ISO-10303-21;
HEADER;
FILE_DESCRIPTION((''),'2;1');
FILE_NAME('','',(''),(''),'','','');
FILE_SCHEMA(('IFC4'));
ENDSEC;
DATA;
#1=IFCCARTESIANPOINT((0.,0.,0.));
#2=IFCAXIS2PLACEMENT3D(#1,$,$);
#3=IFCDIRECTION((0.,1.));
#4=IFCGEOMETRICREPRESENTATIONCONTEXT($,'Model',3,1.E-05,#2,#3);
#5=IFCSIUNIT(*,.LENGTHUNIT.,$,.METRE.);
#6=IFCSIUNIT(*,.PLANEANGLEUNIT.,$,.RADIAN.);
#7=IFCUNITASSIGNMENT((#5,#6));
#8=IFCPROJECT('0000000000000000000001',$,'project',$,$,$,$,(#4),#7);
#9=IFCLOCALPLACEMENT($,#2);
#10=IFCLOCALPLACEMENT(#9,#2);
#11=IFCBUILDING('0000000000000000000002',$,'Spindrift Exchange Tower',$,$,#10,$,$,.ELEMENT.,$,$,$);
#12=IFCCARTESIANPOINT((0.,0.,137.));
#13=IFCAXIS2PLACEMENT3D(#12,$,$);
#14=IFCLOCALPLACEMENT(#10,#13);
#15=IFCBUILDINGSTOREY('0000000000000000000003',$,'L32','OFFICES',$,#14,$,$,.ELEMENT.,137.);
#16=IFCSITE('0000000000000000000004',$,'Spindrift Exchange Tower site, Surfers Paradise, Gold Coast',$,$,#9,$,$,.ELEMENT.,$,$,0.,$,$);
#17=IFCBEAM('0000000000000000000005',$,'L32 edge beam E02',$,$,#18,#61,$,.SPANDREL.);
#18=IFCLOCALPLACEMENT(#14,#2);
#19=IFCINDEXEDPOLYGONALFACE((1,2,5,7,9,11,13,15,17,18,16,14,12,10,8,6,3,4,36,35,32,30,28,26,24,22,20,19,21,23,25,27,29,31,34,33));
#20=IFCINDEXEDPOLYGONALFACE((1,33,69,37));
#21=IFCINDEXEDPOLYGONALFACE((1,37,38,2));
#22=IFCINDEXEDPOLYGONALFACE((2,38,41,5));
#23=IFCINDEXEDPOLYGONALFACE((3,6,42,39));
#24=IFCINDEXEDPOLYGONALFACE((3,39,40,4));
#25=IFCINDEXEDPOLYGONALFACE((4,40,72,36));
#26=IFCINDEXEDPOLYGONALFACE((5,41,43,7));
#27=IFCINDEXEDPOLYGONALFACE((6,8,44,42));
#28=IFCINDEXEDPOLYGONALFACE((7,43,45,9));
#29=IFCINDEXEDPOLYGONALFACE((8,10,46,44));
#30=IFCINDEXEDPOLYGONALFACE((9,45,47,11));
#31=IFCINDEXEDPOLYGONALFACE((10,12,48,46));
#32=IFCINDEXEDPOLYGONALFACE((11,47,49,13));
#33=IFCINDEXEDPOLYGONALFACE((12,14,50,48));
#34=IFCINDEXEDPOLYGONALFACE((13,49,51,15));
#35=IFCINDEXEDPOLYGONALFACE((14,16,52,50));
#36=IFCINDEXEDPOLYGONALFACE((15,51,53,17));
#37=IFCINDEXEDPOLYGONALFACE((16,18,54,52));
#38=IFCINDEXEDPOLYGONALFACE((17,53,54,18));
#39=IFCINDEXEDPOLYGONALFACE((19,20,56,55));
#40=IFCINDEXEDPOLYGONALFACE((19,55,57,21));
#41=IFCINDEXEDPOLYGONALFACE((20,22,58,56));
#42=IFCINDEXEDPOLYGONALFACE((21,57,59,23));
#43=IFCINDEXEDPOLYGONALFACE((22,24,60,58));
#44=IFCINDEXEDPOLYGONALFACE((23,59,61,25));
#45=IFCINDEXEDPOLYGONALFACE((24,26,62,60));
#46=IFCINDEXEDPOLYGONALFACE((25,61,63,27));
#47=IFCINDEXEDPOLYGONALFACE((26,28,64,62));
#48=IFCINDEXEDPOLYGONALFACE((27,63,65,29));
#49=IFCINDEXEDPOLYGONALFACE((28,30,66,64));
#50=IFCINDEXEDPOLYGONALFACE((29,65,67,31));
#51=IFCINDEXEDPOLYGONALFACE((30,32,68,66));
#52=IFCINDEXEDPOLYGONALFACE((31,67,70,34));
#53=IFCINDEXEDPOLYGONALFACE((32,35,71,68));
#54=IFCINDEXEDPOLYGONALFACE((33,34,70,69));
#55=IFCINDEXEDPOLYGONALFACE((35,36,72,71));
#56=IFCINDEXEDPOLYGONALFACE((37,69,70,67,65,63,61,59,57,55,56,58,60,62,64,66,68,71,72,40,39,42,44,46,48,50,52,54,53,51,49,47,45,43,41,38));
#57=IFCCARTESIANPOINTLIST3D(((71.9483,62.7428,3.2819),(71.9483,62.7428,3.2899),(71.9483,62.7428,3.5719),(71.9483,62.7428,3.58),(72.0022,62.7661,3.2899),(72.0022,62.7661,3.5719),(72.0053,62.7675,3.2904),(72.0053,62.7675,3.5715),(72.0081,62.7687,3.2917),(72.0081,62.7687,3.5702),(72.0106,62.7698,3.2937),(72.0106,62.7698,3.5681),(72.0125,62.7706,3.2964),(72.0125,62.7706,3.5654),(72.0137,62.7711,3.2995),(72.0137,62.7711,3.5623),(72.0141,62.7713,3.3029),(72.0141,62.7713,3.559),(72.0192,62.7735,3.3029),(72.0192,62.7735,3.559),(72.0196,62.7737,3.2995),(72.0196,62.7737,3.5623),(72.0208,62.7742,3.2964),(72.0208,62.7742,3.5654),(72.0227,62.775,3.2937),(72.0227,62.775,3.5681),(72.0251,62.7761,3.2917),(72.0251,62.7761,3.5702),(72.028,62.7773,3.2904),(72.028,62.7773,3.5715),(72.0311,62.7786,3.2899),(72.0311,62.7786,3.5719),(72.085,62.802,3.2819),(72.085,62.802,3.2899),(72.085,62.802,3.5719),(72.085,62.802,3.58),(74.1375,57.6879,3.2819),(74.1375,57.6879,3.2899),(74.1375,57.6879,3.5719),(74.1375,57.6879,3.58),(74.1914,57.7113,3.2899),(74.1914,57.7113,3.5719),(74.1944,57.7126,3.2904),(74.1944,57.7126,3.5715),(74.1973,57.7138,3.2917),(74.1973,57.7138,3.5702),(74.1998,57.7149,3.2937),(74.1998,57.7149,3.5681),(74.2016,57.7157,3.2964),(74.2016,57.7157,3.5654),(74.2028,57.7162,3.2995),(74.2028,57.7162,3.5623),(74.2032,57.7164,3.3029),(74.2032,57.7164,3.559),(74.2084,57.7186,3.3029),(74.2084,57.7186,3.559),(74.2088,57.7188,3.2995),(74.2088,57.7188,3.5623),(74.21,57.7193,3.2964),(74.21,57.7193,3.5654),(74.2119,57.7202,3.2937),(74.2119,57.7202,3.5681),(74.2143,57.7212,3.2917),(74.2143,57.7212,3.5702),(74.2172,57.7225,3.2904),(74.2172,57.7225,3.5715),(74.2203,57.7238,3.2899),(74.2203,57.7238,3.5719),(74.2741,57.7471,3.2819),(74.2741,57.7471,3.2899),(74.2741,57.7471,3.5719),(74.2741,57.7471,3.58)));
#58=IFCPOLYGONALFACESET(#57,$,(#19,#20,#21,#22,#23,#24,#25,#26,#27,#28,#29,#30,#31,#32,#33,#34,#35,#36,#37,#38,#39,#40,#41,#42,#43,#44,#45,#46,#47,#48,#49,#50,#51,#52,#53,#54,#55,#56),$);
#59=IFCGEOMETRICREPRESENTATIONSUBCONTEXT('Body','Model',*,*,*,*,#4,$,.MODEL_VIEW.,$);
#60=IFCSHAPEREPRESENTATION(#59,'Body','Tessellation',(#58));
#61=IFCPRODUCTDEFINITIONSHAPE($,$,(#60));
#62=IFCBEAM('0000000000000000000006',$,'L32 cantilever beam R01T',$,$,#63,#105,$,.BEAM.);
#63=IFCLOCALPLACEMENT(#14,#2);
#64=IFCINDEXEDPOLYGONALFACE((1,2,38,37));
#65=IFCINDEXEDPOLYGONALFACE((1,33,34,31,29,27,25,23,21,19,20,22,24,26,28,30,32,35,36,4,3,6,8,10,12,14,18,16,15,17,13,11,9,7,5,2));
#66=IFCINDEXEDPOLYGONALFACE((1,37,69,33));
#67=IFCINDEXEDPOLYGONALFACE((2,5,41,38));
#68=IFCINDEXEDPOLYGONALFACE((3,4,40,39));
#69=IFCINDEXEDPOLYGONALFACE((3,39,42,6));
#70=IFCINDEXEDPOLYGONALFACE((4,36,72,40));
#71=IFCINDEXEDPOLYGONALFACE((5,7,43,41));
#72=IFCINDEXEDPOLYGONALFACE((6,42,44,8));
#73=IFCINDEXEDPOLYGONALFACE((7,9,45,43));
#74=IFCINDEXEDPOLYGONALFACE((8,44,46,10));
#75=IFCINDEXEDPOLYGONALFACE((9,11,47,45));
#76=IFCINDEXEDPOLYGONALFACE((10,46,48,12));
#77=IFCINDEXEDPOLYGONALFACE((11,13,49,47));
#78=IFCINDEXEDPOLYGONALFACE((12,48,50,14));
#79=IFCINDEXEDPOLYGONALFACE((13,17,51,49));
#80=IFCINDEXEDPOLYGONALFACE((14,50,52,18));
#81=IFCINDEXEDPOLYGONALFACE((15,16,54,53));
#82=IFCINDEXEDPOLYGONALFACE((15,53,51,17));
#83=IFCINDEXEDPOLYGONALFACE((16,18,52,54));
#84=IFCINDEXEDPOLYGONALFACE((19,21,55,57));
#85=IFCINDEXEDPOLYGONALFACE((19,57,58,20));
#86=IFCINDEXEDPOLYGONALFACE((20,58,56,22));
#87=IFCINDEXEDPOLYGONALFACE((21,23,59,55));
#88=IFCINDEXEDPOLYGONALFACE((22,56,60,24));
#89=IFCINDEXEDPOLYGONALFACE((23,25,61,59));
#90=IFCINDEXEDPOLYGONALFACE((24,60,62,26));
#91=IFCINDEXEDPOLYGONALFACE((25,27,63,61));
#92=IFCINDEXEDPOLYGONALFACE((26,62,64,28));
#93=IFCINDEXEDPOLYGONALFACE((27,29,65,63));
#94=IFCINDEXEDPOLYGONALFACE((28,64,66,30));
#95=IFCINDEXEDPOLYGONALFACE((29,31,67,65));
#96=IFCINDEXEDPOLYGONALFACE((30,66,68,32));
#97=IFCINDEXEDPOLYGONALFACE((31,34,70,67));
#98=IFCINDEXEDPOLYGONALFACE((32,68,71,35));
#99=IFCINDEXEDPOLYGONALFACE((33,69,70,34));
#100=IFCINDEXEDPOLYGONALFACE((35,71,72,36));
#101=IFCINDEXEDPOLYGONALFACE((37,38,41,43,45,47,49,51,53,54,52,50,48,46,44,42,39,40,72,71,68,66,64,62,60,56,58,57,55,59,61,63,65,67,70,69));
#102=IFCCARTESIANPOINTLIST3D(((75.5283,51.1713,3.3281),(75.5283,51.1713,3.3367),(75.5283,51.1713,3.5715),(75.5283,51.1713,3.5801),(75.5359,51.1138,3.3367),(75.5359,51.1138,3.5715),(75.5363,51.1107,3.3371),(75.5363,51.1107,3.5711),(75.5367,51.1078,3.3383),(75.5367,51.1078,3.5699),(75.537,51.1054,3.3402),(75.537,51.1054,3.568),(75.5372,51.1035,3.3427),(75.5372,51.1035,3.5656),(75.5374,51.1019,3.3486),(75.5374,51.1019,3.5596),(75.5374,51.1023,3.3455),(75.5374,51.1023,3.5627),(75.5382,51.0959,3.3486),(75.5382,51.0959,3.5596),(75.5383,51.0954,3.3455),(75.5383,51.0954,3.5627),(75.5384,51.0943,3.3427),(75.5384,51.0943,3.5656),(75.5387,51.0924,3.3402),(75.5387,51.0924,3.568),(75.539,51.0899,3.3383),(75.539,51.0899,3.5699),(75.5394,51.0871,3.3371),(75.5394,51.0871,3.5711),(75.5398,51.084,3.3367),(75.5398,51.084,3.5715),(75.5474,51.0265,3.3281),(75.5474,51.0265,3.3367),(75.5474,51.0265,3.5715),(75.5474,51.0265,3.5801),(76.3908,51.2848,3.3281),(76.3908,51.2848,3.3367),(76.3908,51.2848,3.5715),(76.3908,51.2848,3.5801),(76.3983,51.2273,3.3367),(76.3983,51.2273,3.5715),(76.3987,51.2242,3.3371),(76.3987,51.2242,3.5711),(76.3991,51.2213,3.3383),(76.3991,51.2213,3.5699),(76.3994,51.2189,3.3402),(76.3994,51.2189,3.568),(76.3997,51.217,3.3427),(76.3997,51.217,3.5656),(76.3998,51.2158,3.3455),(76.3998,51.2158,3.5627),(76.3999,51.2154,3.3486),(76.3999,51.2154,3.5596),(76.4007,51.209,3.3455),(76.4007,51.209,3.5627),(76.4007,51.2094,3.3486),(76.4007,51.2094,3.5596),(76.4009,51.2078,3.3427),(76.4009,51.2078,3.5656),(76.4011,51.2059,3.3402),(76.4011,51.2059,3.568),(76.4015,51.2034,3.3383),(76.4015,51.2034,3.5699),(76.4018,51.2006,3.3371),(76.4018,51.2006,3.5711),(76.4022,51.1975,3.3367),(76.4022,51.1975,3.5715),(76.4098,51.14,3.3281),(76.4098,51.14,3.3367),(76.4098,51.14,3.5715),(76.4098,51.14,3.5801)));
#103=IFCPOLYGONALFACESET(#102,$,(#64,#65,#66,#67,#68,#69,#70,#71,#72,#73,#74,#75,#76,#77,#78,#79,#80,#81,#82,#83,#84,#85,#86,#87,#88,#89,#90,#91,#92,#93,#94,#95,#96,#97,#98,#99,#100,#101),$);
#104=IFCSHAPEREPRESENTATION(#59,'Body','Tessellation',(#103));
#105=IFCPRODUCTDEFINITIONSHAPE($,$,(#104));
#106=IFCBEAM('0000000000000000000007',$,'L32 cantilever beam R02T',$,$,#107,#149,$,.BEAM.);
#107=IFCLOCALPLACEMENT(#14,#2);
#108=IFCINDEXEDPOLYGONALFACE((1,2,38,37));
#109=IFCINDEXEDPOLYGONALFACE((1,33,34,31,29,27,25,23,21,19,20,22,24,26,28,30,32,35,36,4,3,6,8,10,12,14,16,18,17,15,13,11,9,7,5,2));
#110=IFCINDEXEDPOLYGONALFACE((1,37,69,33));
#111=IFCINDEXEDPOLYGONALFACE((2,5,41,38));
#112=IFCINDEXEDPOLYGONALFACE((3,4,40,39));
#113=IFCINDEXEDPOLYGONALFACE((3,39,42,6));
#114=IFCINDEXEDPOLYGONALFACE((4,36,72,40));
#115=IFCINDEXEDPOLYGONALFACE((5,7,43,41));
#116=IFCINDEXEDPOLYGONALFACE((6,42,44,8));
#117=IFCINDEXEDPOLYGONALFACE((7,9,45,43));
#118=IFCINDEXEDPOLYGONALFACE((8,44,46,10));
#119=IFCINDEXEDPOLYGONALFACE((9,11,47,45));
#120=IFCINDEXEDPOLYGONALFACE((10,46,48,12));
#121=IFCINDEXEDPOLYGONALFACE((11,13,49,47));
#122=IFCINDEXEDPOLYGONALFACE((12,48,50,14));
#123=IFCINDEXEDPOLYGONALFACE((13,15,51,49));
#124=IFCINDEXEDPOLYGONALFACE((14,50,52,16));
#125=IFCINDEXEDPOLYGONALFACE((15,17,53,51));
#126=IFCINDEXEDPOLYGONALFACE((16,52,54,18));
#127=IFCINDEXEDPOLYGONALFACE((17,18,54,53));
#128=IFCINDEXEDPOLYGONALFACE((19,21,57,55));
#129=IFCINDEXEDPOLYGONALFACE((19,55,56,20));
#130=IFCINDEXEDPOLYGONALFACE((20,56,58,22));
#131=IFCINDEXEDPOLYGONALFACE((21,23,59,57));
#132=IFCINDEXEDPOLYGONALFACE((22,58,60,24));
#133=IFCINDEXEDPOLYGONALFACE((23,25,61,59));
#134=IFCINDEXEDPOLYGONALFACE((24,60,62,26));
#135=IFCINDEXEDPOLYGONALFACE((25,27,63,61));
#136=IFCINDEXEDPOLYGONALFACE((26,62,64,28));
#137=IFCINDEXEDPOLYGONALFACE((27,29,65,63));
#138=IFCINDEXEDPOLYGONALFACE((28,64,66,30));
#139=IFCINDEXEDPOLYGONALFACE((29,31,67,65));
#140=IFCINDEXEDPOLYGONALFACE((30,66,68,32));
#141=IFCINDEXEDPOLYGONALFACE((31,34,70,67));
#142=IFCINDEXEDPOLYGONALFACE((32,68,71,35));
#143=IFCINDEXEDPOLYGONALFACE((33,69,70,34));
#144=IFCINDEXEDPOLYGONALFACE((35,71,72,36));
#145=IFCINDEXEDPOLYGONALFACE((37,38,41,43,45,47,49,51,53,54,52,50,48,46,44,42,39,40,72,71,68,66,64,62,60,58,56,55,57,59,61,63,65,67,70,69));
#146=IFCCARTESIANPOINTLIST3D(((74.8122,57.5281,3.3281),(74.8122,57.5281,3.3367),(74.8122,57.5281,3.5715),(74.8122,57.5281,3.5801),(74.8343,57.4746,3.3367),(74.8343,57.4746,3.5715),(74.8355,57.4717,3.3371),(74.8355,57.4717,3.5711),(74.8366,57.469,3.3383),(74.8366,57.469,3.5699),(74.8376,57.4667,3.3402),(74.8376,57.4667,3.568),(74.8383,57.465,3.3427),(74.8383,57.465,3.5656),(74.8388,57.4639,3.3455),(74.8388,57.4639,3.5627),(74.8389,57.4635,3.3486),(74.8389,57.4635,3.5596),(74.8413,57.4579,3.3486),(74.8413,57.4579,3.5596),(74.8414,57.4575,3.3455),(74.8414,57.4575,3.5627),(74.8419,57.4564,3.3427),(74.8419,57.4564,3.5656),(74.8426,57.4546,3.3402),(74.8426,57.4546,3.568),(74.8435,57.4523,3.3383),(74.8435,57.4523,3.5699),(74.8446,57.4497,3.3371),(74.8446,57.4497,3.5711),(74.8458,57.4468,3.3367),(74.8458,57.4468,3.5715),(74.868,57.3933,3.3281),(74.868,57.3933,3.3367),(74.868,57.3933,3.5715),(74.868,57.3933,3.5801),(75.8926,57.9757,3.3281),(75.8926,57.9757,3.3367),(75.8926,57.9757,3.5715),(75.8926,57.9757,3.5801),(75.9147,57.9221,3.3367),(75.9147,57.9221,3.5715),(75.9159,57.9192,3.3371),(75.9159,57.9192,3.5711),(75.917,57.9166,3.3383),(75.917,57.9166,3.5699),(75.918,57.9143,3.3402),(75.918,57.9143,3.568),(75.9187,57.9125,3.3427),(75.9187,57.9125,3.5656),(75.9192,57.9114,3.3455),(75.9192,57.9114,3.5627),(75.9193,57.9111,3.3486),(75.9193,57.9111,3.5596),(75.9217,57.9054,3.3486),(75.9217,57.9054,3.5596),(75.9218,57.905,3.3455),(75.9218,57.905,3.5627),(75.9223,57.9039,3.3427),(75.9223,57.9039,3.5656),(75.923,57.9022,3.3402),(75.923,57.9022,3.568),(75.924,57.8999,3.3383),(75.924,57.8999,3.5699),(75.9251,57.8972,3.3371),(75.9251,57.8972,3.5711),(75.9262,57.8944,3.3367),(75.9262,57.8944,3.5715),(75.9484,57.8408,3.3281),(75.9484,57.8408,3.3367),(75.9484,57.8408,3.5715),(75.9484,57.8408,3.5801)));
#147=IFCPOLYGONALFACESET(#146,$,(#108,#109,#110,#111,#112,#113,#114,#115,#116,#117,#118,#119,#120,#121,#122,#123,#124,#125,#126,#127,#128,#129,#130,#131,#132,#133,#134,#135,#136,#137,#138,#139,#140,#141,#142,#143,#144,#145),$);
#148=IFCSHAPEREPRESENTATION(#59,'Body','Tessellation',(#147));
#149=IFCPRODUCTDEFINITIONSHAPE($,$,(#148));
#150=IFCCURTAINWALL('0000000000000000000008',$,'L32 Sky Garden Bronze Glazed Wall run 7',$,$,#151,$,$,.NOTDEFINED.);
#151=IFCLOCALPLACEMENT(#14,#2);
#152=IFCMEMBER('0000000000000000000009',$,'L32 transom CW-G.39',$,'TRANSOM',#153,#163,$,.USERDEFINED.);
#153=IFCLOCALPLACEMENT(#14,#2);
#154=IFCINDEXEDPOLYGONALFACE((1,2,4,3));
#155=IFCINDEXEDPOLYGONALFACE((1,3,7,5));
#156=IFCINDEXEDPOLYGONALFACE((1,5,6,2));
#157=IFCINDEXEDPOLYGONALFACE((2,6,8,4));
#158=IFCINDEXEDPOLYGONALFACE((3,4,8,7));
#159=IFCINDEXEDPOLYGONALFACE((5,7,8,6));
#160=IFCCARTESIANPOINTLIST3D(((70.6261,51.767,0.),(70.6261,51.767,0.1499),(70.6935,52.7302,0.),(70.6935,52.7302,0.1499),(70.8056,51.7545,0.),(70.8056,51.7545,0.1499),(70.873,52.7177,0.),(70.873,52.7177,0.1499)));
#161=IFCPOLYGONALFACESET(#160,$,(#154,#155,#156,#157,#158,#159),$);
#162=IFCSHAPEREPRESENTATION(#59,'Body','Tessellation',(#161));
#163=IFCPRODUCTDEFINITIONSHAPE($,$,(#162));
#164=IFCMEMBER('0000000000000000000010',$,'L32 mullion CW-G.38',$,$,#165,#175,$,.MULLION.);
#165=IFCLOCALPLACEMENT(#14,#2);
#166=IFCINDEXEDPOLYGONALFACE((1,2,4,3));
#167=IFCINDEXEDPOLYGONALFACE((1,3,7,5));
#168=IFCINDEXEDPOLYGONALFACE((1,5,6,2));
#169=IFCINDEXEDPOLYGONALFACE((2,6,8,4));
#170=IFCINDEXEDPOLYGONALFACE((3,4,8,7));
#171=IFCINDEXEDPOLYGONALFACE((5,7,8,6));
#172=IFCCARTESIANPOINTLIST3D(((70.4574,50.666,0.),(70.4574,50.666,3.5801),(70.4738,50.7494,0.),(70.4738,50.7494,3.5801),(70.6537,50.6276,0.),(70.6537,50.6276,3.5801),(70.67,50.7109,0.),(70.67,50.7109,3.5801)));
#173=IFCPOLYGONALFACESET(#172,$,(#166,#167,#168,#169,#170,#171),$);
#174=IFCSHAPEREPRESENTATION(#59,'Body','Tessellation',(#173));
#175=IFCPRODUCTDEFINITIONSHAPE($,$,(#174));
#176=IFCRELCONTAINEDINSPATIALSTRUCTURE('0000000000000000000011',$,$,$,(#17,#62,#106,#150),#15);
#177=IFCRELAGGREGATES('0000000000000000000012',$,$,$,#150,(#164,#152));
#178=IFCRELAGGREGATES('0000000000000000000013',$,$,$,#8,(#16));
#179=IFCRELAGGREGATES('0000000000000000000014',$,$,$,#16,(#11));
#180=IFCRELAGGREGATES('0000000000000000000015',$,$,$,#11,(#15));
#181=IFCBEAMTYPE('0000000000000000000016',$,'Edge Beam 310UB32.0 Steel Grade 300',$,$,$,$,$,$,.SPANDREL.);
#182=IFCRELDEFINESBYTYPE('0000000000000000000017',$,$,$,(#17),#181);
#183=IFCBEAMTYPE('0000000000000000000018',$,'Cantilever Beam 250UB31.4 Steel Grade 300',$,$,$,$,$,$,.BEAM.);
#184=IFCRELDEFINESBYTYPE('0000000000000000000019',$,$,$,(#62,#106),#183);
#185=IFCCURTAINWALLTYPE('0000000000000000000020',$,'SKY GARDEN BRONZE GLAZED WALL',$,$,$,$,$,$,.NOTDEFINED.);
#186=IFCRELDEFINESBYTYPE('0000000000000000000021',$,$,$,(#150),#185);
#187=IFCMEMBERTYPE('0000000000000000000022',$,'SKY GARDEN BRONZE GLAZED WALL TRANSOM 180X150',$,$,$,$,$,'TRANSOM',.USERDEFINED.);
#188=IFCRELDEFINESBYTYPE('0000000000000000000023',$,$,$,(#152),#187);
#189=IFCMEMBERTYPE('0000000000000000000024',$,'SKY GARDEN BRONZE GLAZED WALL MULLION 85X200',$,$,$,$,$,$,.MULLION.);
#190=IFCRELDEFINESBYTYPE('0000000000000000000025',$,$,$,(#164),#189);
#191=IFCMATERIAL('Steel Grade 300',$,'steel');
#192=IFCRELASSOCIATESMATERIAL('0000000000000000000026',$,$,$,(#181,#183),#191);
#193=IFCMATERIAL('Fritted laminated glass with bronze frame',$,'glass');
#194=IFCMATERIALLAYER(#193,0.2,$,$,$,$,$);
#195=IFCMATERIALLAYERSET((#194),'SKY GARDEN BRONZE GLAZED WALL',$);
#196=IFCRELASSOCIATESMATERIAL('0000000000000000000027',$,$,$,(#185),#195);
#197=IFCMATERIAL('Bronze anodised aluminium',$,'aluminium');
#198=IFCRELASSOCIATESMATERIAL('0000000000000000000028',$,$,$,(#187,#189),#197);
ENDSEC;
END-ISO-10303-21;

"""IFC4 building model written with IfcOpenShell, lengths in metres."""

from ifc_helpers import new_model, si_unit, direction, frame, origin, origin_2d, place, context, subcontext, project, spatial, rectangle, i_section, extrude, source, transform, mapped, material, layer, layer_set, material_profile, profile_set, type_object, element, aggregate, save


model = new_model("IFC4")

# Units and contexts
model_context = context("Model", 3, precision=1e-05, world=origin(), true_north=direction((0.0, 1.0)))
body_context = subcontext(model_context, "Body", "Model", "MODEL_VIEW")
ifc_project = project(units=[si_unit("LENGTHUNIT", "METRE"), si_unit("PLANEANGLEUNIT", "RADIAN")], contexts=[model_context])

# Site, building, storey
site_placement = place(None, origin())
site = spatial("IfcSite", under=ifc_project, at=site_placement, Name="Spindrift Exchange Tower site, Surfers Paradise, Gold Coast", CompositionType="ELEMENT", RefElevation=0.0)
building_placement = place(site_placement, origin())
building = spatial("IfcBuilding", under=site, at=building_placement, Name="Spindrift Exchange Tower", CompositionType="ELEMENT")
storey_placement = place(building_placement, frame((0.0, 0.0, 137.0)))
storey = spatial("IfcBuildingStorey", under=building, at=storey_placement, Name="L32", Description="OFFICES", CompositionType="ELEMENT", Elevation=137.0)

# Beams
ifc_material_1 = material(Name="Steel Grade 300", Category="steel")
ifc_material_profile_1 = material_profile(ifc_material_1, i_section(OverallWidth=0.1489, OverallDepth=0.2981, WebThickness=0.0056, FlangeThickness=0.0081, FilletRadius=0.0129, at=origin_2d()), Name="310UB32.0")
ifc_profile_set_1 = profile_set([ifc_material_profile_1], Name="Steel Grade 300")
beam_type_1 = type_object("IfcBeamType", Name="Edge Beam 310UB32.0 Steel Grade 300", PredefinedType="SPANDREL", material=ifc_profile_set_1)
shared_shape_1 = source(origin(), body_context, "Body", "SweptSolid", [
    extrude(i_section(OverallWidth=0.1489, OverallDepth=0.2981, WebThickness=0.0056, FlangeThickness=0.0081, FilletRadius=0.0129, at=origin_2d()), origin(), (0.0, 0.0, 1.0), 5.5085),
])
beam_1_placement = place(storey_placement, frame((74.2058, 57.7175, 3.4309), z_axis=(-0.397415, 0.917639, 0.0), x_axis=(-0.917639, -0.397415, 0.0)))
element("IfcBeam", 1, at=beam_1_placement, inside=storey, type_object=beam_type_1, Name="L32 edge beam E02", PredefinedType="SPANDREL", context=body_context, shape_type="MappedRepresentation", body=[
    mapped(shared_shape_1, transform((0.0, 0.0, 0.0), scale=1.0)),
])
ifc_material_profile_2 = material_profile(ifc_material_1, i_section(OverallWidth=0.146, OverallDepth=0.252, WebThickness=0.0061, FlangeThickness=0.0085, FilletRadius=0.012, at=origin_2d()), Name="250UB31.4")
ifc_profile_set_2 = profile_set([ifc_material_profile_2], Name="Steel Grade 300")
beam_type_2 = type_object("IfcBeamType", Name="Cantilever Beam 250UB31.4 Steel Grade 300", PredefinedType="BEAM", material=ifc_profile_set_2)
shared_shape_2 = source(origin(), body_context, "Body", "SweptSolid", [
    extrude(i_section(OverallWidth=0.146, OverallDepth=0.252, WebThickness=0.0061, FlangeThickness=0.0085, FilletRadius=0.012, at=origin_2d()), origin(), (0.0, 0.0, 1.0), 0.8699),
])
beam_2_placement = place(storey_placement, frame((75.5378, 51.0989, 3.4541), z_axis=(0.99145, 0.130491, 0.0), x_axis=(-0.130491, 0.99145, 0.0)))
element("IfcBeam", 2, at=beam_2_placement, inside=storey, type_object=beam_type_2, Name="L32 cantilever beam R01T", PredefinedType="BEAM", context=body_context, shape_type="MappedRepresentation", body=[
    mapped(shared_shape_2, transform((0.0, 0.0, 0.0), scale=1.0)),
])
shared_shape_3 = source(origin(), body_context, "Body", "SweptSolid", [
    extrude(i_section(OverallWidth=0.146, OverallDepth=0.252, WebThickness=0.0061, FlangeThickness=0.0085, FilletRadius=0.012, at=origin_2d()), origin(), (0.0, 0.0, 1.0), 1.1694),
])
beam_3_placement = place(storey_placement, frame((74.8401, 57.4607, 3.4541), z_axis=(0.923872, 0.382702, 0.0), x_axis=(-0.382702, 0.923872, 0.0)))
element("IfcBeam", 3, at=beam_3_placement, inside=storey, type_object=beam_type_2, Name="L32 cantilever beam R02T", PredefinedType="BEAM", context=body_context, shape_type="MappedRepresentation", body=[
    mapped(shared_shape_3, transform((0.0, 0.0, 0.0), scale=1.0)),
])

# Curtain wall, members
ifc_material_2 = material(Name="Fritted laminated glass with bronze frame", Category="glass")
ifc_layer_1 = layer(ifc_material_2, 0.2)
ifc_layer_set_1 = layer_set([ifc_layer_1], Name="SKY GARDEN BRONZE GLAZED WALL")
curtain_wall_type = type_object("IfcCurtainWallType", Name="SKY GARDEN BRONZE GLAZED WALL", PredefinedType="NOTDEFINED", material=ifc_layer_set_1)
curtain_wall_1_placement = place(storey_placement, origin())
curtain_wall_1 = element("IfcCurtainWall", 4, at=curtain_wall_1_placement, inside=storey, type_object=curtain_wall_type, Name="L32 Sky Garden Bronze Glazed Wall run 7", PredefinedType="NOTDEFINED")
ifc_material_3 = material(Name="Bronze anodised aluminium", Category="aluminium")
ifc_material_profile_3 = material_profile(ifc_material_3, rectangle(XDim=0.1799, YDim=0.1499, at=origin_2d()), Name="SKY GARDEN BRONZE GLAZED WALL TRANSOM 180X150")
ifc_profile_set_3 = profile_set([ifc_material_profile_3], Name="Bronze anodised aluminium")
member_type_1 = type_object("IfcMemberType", Name="SKY GARDEN BRONZE GLAZED WALL TRANSOM 180X150", ElementType="TRANSOM", PredefinedType="USERDEFINED", material=ifc_profile_set_3)
shared_shape_4 = source(origin(), body_context, "Body", "SweptSolid", [
    extrude(rectangle(XDim=0.1799, YDim=0.1499, at=origin_2d()), origin(), (0.0, 0.0, 1.0), 0.9656),
])
member_1_placement = place(storey_placement, frame((70.7158, 51.7607, 0.075), z_axis=(0.069791, 0.997562, 0.0), x_axis=(-0.997562, 0.069791, 0.0)))
member_1 = element("IfcMember", 5, at=member_1_placement, type_object=member_type_1, Name="L32 transom CW-G.39", ObjectType="TRANSOM", PredefinedType="USERDEFINED", context=body_context, shape_type="MappedRepresentation", body=[
    mapped(shared_shape_4, transform((0.0, 0.0, 0.0), scale=1.0)),
])
ifc_material_profile_4 = material_profile(ifc_material_3, rectangle(XDim=0.085, YDim=0.2, at=origin_2d()), Name="SKY GARDEN BRONZE GLAZED WALL MULLION 85X200")
ifc_profile_set_4 = profile_set([ifc_material_profile_4], Name="Bronze anodised aluminium")
member_type_2 = type_object("IfcMemberType", Name="SKY GARDEN BRONZE GLAZED WALL MULLION 85X200", PredefinedType="MULLION", material=ifc_profile_set_4)
shared_shape_5 = source(origin(), body_context, "Body", "SweptSolid", [
    extrude(rectangle(XDim=0.085, YDim=0.2, at=origin_2d()), origin(), (0.0, 0.0, 1.0), 3.5801),
])
member_2_placement = place(storey_placement, frame((70.5637, 50.6885, 0.0), z_axis=(0.0, 0.0, 1.0), x_axis=(0.192408, 0.981315, 0.0)))
member_2 = element("IfcMember", 6, at=member_2_placement, type_object=member_type_2, Name="L32 mullion CW-G.38", PredefinedType="MULLION", context=body_context, shape_type="MappedRepresentation", body=[
    mapped(shared_shape_5, transform((0.0, 0.0, 0.0), scale=1.0)),
])

aggregate(curtain_wall_1, [member_2, member_1])

save(model, "model.ifc")
